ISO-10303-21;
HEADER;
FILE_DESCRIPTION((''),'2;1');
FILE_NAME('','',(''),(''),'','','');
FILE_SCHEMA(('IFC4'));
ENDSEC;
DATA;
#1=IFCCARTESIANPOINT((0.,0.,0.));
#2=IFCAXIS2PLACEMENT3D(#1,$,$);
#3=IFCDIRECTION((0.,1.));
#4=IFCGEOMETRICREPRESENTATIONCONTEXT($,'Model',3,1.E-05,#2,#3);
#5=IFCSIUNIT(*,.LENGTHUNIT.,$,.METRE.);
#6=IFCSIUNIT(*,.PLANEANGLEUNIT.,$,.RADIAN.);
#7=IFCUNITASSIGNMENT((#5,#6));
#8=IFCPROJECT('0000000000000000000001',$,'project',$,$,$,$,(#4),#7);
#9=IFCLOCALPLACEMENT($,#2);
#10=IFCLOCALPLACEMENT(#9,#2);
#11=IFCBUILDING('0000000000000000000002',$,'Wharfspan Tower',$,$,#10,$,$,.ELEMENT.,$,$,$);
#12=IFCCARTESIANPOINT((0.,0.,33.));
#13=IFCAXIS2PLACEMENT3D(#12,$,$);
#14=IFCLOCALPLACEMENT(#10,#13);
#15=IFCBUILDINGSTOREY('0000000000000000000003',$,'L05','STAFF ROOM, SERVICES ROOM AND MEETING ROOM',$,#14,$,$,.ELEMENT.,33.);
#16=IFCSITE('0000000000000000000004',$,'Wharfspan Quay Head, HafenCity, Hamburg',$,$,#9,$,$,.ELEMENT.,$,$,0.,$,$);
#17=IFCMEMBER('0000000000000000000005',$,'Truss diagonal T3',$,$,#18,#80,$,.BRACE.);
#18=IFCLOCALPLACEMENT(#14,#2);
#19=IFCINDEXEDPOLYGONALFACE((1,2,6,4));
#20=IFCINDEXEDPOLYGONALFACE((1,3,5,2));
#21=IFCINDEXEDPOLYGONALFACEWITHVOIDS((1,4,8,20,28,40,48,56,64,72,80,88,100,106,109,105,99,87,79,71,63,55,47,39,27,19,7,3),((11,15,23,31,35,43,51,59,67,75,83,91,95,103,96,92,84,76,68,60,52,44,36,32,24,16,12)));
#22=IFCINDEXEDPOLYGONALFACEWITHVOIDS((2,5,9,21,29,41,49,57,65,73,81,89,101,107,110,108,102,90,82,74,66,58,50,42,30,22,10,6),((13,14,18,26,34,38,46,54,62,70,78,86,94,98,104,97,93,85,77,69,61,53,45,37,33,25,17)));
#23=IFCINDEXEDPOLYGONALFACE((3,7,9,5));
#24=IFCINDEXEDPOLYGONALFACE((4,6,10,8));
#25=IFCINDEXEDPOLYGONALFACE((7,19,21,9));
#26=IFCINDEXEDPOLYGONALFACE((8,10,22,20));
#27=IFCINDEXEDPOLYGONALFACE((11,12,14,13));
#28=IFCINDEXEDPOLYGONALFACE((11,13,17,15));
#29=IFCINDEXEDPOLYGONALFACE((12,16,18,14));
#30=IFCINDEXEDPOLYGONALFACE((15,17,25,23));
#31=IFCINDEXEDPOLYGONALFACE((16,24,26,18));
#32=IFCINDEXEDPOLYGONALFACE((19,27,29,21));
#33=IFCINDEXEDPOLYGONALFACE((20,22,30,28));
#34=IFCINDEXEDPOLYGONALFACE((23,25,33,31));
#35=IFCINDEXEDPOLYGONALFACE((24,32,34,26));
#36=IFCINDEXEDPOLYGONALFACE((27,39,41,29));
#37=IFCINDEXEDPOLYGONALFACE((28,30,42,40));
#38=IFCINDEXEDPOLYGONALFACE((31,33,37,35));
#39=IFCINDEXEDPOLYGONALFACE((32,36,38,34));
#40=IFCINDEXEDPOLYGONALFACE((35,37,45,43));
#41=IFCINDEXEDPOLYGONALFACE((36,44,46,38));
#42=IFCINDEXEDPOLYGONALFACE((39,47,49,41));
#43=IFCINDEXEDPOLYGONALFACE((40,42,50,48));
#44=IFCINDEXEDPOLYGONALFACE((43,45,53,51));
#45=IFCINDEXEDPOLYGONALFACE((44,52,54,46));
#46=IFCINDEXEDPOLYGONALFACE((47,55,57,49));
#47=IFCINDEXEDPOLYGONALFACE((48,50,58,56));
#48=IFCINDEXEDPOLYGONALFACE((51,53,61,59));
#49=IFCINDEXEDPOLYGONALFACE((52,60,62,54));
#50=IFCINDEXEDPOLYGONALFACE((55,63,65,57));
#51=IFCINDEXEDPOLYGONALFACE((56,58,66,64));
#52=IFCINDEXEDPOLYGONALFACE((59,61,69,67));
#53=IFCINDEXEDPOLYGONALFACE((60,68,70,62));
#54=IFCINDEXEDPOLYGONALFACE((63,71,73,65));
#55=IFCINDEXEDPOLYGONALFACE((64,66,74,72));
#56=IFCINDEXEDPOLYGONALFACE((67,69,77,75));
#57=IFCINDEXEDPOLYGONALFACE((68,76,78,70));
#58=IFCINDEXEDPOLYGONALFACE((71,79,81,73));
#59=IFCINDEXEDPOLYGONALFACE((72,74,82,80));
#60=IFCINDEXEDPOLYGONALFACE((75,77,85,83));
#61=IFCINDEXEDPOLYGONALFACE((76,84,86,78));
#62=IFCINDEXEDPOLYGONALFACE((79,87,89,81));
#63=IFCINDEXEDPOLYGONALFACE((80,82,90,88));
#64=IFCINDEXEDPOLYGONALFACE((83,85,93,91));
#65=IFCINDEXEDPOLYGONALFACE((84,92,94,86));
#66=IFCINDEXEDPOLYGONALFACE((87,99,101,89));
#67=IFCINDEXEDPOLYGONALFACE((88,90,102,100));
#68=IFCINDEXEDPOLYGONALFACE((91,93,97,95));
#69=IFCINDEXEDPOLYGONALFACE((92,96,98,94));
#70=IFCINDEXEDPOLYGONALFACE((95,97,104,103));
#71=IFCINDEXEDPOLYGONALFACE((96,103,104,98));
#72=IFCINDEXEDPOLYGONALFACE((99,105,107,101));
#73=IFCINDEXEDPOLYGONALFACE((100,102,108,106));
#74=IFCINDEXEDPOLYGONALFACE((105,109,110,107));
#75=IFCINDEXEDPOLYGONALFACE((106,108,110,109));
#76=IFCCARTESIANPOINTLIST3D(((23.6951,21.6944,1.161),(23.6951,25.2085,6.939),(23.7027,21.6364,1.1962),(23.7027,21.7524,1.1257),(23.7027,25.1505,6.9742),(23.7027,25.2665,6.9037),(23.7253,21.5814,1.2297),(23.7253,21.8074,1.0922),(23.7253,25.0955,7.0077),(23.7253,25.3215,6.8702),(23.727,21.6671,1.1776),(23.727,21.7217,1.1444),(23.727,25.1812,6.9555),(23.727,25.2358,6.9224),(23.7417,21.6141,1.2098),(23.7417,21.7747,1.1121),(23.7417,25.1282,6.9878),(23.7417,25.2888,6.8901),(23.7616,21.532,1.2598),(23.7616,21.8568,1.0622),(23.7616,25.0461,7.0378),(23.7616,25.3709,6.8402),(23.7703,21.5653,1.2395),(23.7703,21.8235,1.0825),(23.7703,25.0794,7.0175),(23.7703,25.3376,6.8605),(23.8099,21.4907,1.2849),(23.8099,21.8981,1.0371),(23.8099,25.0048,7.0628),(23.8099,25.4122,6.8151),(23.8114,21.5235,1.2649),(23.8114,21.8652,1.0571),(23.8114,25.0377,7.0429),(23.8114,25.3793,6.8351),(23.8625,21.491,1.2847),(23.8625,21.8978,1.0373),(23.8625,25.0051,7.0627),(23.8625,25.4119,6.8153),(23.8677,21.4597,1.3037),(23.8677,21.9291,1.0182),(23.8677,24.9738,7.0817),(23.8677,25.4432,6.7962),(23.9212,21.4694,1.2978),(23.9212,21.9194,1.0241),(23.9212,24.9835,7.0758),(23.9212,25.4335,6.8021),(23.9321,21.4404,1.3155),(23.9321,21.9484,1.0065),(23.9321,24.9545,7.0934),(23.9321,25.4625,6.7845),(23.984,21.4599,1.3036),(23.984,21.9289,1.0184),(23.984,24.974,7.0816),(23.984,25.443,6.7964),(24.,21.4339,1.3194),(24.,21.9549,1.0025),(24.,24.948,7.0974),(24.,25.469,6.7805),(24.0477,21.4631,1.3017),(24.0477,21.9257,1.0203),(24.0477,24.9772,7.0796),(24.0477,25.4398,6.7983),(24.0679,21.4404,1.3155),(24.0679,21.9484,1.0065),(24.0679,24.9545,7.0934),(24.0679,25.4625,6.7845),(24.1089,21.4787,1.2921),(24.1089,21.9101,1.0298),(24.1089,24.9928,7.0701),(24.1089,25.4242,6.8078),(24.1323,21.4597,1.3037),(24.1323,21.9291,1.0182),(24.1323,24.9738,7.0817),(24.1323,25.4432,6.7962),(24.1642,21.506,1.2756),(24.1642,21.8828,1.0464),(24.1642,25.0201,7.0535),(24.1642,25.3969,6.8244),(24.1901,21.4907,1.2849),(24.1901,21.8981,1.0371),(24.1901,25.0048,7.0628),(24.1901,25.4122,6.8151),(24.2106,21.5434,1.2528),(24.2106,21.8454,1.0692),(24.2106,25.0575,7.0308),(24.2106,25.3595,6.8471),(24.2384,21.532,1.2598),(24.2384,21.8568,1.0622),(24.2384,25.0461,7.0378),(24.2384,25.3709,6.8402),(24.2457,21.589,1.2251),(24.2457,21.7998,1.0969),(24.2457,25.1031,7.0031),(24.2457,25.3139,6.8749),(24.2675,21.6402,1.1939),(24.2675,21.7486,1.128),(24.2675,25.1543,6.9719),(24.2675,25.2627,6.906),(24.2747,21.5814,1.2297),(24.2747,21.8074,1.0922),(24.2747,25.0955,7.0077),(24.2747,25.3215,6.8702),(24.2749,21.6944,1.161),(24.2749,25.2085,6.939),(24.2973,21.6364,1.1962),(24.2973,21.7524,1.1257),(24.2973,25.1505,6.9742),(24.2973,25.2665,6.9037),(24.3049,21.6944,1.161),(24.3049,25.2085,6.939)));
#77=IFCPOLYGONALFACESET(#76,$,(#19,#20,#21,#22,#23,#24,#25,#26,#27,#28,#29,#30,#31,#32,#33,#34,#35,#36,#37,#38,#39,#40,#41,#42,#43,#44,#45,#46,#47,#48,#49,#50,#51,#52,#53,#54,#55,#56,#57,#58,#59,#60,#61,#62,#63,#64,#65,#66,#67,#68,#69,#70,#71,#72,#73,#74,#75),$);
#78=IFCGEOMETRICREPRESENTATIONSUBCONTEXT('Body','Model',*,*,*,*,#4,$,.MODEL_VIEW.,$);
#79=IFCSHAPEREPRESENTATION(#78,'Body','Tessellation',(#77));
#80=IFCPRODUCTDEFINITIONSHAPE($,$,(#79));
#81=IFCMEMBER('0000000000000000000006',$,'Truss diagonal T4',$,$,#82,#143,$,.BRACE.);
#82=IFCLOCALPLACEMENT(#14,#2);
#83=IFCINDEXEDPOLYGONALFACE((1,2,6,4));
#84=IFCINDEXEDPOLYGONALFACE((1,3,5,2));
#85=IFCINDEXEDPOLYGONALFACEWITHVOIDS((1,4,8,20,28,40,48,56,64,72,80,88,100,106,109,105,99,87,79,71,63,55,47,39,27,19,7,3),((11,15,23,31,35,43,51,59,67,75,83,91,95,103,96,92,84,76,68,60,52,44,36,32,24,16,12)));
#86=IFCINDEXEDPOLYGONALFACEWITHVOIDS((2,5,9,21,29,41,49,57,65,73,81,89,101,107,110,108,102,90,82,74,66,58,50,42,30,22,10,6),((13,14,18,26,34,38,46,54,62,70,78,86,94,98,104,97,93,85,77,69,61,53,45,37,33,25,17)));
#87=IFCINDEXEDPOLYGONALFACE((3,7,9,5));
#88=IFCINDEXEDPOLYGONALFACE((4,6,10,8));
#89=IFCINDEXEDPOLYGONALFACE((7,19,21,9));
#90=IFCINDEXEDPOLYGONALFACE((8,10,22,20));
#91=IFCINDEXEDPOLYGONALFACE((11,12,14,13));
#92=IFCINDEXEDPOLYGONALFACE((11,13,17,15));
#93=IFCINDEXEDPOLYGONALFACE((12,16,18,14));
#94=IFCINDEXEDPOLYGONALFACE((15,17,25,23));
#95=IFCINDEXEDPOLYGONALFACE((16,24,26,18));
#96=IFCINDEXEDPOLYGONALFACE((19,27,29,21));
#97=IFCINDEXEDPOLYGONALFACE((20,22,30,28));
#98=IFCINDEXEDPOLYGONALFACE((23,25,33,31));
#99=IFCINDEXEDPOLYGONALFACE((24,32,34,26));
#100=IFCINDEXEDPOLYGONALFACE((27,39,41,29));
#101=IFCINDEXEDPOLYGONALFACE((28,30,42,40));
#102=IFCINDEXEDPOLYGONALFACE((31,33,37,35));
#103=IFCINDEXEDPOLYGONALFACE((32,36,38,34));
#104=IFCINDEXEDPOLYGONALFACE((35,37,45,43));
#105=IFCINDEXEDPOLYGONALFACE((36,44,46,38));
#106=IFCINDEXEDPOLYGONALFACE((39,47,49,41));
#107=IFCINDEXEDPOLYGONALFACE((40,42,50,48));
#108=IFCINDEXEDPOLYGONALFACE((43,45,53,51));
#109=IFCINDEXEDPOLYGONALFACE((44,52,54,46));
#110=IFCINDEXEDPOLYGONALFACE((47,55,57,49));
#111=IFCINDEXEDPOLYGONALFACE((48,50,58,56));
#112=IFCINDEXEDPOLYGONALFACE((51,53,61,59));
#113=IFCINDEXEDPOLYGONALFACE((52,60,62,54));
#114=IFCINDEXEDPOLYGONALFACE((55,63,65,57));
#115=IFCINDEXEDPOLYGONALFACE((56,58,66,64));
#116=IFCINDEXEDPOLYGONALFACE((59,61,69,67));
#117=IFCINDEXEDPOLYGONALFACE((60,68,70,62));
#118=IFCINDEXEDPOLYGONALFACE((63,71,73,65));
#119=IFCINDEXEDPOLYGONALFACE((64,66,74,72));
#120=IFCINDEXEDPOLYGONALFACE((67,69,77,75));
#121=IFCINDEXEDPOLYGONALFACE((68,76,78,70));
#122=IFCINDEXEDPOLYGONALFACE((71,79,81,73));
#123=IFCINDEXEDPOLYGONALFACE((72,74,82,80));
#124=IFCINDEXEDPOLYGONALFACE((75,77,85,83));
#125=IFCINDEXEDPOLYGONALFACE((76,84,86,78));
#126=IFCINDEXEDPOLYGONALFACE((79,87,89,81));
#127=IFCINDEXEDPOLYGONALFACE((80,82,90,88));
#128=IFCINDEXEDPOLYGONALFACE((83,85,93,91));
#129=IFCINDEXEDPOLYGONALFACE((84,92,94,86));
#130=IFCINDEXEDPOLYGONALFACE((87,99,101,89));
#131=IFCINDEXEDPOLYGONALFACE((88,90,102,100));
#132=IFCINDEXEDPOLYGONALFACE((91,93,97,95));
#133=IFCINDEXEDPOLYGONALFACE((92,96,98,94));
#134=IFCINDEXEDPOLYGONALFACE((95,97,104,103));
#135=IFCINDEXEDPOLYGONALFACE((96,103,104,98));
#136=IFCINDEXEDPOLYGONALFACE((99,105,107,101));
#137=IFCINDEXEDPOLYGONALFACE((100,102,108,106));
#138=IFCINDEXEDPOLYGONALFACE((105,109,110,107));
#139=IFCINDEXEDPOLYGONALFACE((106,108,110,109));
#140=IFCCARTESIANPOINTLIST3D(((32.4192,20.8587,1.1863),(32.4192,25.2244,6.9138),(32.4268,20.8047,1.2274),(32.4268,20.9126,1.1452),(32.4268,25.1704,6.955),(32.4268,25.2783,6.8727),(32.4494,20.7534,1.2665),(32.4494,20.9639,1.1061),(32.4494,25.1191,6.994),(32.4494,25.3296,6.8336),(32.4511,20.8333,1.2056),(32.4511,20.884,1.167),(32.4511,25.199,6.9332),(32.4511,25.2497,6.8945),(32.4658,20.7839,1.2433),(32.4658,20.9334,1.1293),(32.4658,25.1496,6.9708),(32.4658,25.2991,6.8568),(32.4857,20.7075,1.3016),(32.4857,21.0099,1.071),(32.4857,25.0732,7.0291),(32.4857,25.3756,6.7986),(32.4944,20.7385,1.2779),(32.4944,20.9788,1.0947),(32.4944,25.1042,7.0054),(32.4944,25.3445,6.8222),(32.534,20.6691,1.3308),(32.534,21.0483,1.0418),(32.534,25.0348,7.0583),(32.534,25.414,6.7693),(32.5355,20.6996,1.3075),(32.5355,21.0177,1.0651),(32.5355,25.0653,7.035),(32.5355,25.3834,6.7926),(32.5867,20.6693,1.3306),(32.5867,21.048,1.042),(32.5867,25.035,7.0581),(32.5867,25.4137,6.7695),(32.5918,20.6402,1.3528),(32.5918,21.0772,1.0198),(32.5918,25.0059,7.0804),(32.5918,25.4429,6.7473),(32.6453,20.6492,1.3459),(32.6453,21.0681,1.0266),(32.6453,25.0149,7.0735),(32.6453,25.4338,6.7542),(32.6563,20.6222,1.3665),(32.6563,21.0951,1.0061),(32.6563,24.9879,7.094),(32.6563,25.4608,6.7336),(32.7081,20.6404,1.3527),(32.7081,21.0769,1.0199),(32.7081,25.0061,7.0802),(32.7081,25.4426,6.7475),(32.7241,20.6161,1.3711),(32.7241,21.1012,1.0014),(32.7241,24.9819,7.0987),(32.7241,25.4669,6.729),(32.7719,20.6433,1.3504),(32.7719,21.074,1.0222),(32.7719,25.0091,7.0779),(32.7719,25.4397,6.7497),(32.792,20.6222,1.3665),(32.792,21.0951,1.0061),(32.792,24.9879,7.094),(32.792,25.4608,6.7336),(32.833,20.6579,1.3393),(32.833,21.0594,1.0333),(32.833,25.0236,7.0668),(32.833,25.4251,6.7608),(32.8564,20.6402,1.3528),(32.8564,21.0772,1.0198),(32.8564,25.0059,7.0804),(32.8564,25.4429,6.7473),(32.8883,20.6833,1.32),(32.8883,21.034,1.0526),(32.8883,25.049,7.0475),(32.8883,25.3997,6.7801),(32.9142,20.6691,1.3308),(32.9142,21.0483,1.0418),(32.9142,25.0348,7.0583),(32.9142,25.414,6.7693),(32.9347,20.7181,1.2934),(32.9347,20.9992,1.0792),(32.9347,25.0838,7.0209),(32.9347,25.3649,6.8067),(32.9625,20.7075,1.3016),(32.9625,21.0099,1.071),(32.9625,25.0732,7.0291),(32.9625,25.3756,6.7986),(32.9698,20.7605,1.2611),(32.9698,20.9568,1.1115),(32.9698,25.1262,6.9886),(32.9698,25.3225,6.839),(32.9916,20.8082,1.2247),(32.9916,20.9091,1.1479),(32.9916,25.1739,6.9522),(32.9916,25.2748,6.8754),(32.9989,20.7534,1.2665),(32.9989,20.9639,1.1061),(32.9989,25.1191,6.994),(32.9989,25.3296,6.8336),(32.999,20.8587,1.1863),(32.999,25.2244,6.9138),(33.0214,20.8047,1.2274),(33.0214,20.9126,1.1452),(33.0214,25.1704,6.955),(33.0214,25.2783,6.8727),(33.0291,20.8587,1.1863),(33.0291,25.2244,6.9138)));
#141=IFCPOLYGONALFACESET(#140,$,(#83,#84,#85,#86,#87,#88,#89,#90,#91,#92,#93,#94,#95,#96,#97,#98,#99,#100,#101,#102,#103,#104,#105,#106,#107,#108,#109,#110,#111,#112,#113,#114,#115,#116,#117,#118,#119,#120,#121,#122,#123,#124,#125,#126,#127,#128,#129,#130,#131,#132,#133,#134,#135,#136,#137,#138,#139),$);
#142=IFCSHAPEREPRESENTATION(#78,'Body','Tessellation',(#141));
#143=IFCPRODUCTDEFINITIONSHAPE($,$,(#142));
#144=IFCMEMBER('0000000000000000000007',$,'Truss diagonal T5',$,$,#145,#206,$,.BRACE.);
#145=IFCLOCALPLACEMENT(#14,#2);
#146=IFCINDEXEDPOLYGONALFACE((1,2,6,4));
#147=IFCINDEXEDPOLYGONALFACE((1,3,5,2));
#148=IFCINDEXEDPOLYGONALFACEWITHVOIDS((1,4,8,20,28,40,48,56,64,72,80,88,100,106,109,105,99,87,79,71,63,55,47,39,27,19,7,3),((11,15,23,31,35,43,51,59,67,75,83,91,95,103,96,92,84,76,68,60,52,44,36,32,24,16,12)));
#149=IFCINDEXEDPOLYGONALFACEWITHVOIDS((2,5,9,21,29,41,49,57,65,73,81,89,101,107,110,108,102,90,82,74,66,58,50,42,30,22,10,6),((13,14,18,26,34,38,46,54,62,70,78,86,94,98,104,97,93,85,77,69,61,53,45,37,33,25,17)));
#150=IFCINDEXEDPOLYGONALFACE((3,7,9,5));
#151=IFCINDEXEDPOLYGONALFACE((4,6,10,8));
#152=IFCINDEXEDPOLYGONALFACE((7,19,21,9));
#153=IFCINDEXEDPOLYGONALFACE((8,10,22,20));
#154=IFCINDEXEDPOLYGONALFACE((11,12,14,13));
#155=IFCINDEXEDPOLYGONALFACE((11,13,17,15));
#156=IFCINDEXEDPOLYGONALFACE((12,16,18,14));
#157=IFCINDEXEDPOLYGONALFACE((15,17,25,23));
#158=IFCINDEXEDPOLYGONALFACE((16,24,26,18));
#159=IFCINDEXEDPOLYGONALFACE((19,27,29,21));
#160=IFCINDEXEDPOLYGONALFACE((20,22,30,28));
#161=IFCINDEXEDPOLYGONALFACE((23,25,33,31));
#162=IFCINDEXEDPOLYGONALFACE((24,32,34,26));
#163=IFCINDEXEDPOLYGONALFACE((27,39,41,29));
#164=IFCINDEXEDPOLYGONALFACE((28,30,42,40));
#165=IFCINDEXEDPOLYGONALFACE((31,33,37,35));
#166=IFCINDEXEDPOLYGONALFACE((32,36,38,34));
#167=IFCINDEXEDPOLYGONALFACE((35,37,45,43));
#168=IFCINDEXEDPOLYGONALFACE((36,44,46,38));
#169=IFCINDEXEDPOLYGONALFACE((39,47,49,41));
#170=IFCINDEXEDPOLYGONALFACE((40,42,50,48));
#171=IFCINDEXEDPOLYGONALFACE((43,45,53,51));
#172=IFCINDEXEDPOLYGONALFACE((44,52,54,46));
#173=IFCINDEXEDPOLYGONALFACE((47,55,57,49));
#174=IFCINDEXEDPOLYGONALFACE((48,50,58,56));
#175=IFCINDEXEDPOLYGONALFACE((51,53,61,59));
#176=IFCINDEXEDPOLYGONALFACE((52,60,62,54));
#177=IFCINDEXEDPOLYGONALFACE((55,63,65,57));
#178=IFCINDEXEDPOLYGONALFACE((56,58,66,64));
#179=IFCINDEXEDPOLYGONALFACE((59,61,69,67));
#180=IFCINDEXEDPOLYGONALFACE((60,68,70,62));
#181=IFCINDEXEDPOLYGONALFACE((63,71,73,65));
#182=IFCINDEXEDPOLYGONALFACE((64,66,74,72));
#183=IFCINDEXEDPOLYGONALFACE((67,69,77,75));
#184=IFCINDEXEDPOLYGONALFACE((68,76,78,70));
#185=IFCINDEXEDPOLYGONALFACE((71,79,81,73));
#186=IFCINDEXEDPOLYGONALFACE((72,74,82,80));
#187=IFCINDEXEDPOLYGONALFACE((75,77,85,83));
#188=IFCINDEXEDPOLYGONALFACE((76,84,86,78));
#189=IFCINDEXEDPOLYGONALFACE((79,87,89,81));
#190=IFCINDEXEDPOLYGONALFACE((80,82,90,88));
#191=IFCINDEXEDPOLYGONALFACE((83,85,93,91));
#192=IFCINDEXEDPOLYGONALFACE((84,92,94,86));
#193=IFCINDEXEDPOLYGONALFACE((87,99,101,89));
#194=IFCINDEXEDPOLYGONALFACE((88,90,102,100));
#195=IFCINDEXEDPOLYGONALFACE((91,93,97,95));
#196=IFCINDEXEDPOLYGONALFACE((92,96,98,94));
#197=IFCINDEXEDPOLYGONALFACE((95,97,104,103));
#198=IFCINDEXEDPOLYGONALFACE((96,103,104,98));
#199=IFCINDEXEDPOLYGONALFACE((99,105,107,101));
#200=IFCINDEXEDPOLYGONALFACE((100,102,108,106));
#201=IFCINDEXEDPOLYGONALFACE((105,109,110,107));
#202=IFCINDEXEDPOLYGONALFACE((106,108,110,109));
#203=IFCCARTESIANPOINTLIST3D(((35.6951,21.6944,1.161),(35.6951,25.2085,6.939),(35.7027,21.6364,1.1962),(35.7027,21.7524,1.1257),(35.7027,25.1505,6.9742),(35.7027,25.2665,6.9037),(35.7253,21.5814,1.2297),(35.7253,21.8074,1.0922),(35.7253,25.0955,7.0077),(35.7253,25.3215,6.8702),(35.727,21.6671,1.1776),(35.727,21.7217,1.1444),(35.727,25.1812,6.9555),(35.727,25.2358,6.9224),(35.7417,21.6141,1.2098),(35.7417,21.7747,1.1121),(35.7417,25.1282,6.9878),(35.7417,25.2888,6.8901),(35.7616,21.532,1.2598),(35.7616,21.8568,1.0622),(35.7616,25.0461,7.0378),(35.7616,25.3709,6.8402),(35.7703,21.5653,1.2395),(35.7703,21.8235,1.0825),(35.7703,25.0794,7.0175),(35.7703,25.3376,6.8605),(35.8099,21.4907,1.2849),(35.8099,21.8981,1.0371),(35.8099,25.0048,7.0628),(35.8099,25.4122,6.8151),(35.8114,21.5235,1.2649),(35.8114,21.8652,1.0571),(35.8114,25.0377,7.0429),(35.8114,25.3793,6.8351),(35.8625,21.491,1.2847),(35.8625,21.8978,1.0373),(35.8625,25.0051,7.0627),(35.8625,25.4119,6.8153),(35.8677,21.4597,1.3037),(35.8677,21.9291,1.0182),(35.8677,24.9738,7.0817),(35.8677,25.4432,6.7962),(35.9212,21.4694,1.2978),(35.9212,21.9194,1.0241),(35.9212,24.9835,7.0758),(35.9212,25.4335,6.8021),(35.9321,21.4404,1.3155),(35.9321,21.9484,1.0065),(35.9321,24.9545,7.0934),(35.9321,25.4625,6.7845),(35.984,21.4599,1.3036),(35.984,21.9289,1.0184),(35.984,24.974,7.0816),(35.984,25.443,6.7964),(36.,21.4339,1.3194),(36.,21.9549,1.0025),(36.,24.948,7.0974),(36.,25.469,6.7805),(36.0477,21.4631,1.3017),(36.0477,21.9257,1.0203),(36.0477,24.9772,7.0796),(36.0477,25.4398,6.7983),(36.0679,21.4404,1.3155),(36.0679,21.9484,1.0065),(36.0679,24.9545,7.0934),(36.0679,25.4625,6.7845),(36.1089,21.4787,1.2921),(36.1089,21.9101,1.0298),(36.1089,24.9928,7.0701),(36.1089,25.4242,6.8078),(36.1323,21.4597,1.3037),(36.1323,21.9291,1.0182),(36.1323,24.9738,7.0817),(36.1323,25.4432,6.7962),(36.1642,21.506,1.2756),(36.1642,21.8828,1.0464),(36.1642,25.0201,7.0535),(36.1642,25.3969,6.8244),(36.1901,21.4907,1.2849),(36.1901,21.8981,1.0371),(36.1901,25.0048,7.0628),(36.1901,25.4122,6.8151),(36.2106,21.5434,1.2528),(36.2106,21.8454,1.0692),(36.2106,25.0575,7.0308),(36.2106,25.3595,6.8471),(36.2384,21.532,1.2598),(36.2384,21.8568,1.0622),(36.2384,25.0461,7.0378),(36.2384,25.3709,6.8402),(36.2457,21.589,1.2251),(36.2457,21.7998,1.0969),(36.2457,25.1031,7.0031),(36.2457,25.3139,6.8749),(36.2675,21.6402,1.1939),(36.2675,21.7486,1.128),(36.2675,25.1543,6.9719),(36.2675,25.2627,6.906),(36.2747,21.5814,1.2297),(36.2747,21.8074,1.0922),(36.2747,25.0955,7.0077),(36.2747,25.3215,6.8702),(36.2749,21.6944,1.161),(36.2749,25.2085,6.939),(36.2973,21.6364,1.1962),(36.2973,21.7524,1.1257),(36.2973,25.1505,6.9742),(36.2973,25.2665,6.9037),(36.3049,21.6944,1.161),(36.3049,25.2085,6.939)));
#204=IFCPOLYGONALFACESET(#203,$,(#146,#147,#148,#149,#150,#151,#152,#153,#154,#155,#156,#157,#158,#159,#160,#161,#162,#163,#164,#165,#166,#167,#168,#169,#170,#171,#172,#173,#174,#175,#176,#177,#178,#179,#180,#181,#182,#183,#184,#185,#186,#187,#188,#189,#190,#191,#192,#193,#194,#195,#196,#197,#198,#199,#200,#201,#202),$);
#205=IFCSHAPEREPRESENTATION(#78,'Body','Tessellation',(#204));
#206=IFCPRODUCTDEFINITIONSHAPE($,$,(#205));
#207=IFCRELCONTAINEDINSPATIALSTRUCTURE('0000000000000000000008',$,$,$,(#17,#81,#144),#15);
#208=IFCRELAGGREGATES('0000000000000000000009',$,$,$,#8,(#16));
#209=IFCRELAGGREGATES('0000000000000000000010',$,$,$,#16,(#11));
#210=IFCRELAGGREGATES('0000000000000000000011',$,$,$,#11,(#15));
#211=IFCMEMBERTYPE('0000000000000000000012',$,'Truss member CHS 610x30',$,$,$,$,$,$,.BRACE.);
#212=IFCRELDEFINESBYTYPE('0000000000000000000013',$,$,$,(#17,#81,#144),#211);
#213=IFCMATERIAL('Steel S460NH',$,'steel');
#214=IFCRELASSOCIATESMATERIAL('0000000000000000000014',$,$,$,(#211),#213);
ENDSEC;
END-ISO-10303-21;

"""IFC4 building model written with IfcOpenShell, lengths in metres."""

from ifc_helpers import new_model, si_unit, direction, frame, origin, origin_2d, place, context, subcontext, project, spatial, hollow_circle, extrude, material, material_profile, profile_set, type_object, element, save


model = new_model("IFC4")

# Units and contexts
model_context = context("Model", 3, precision=1e-05, world=origin(), true_north=direction((0.0, 1.0)))
body_context = subcontext(model_context, "Body", "Model", "MODEL_VIEW")
ifc_project = project(units=[si_unit("LENGTHUNIT", "METRE"), si_unit("PLANEANGLEUNIT", "RADIAN")], contexts=[model_context])

# Site, building, storey
site_placement = place(None, origin())
site = spatial("IfcSite", under=ifc_project, at=site_placement, Name="Wharfspan Quay Head, HafenCity, Hamburg", CompositionType="ELEMENT", RefElevation=0.0)
building_placement = place(site_placement, origin())
building = spatial("IfcBuilding", under=site, at=building_placement, Name="Wharfspan Tower", CompositionType="ELEMENT")
storey_placement = place(building_placement, frame((0.0, 0.0, 33.0)))
storey = spatial("IfcBuildingStorey", under=building, at=storey_placement, Name="L05", Description="STAFF ROOM, SERVICES ROOM AND MEETING ROOM", CompositionType="ELEMENT", Elevation=33.0)

# Members
ifc_material_1 = material(Name="Steel S460NH", Category="steel")
ifc_material_profile_1 = material_profile(ifc_material_1, hollow_circle(Radius=0.3049, WallThickness=0.03, at=origin_2d()))
ifc_profile_set_1 = profile_set([ifc_material_profile_1], Name="Steel S460NH")
member_type_1 = type_object("IfcMemberType", Name="Truss member CHS 610x30", PredefinedType="BRACE", material=ifc_profile_set_1)
member_1_placement = place(storey_placement, frame((24.0, 25.2085, 6.939), z_axis=(0.0, -0.519631, -0.854391), x_axis=(1.0, 0.0, 0.0)))
element("IfcMember", 1, at=member_1_placement, inside=storey, type_object=member_type_1, Name="Truss diagonal T3", PredefinedType="BRACE", context=body_context, shape_type="SweptSolid", body=[
    extrude(hollow_circle(Radius=0.3049, WallThickness=0.03, at=origin_2d()), origin(), (0.0, 0.0, 1.0), 6.7627),
])
member_2_placement = place(storey_placement, frame((32.7241, 25.2244, 6.9138), z_axis=(0.0, -0.606209, -0.795306), x_axis=(1.0, 0.0, 0.0)))
element("IfcMember", 2, at=member_2_placement, inside=storey, type_object=member_type_1, Name="Truss diagonal T4", PredefinedType="BRACE", context=body_context, shape_type="SweptSolid", body=[
    extrude(hollow_circle(Radius=0.3049, WallThickness=0.03, at=origin_2d()), origin(), (0.0, 0.0, 1.0), 7.2017),
])
member_3_placement = place(storey_placement, frame((36.0, 25.2085, 6.939), z_axis=(0.0, -0.519631, -0.854391), x_axis=(1.0, 0.0, 0.0)))
element("IfcMember", 3, at=member_3_placement, inside=storey, type_object=member_type_1, Name="Truss diagonal T5", PredefinedType="BRACE", context=body_context, shape_type="SweptSolid", body=[
    extrude(hollow_circle(Radius=0.3049, WallThickness=0.03, at=origin_2d()), origin(), (0.0, 0.0, 1.0), 6.7627),
])

save(model, "model.ifc")
